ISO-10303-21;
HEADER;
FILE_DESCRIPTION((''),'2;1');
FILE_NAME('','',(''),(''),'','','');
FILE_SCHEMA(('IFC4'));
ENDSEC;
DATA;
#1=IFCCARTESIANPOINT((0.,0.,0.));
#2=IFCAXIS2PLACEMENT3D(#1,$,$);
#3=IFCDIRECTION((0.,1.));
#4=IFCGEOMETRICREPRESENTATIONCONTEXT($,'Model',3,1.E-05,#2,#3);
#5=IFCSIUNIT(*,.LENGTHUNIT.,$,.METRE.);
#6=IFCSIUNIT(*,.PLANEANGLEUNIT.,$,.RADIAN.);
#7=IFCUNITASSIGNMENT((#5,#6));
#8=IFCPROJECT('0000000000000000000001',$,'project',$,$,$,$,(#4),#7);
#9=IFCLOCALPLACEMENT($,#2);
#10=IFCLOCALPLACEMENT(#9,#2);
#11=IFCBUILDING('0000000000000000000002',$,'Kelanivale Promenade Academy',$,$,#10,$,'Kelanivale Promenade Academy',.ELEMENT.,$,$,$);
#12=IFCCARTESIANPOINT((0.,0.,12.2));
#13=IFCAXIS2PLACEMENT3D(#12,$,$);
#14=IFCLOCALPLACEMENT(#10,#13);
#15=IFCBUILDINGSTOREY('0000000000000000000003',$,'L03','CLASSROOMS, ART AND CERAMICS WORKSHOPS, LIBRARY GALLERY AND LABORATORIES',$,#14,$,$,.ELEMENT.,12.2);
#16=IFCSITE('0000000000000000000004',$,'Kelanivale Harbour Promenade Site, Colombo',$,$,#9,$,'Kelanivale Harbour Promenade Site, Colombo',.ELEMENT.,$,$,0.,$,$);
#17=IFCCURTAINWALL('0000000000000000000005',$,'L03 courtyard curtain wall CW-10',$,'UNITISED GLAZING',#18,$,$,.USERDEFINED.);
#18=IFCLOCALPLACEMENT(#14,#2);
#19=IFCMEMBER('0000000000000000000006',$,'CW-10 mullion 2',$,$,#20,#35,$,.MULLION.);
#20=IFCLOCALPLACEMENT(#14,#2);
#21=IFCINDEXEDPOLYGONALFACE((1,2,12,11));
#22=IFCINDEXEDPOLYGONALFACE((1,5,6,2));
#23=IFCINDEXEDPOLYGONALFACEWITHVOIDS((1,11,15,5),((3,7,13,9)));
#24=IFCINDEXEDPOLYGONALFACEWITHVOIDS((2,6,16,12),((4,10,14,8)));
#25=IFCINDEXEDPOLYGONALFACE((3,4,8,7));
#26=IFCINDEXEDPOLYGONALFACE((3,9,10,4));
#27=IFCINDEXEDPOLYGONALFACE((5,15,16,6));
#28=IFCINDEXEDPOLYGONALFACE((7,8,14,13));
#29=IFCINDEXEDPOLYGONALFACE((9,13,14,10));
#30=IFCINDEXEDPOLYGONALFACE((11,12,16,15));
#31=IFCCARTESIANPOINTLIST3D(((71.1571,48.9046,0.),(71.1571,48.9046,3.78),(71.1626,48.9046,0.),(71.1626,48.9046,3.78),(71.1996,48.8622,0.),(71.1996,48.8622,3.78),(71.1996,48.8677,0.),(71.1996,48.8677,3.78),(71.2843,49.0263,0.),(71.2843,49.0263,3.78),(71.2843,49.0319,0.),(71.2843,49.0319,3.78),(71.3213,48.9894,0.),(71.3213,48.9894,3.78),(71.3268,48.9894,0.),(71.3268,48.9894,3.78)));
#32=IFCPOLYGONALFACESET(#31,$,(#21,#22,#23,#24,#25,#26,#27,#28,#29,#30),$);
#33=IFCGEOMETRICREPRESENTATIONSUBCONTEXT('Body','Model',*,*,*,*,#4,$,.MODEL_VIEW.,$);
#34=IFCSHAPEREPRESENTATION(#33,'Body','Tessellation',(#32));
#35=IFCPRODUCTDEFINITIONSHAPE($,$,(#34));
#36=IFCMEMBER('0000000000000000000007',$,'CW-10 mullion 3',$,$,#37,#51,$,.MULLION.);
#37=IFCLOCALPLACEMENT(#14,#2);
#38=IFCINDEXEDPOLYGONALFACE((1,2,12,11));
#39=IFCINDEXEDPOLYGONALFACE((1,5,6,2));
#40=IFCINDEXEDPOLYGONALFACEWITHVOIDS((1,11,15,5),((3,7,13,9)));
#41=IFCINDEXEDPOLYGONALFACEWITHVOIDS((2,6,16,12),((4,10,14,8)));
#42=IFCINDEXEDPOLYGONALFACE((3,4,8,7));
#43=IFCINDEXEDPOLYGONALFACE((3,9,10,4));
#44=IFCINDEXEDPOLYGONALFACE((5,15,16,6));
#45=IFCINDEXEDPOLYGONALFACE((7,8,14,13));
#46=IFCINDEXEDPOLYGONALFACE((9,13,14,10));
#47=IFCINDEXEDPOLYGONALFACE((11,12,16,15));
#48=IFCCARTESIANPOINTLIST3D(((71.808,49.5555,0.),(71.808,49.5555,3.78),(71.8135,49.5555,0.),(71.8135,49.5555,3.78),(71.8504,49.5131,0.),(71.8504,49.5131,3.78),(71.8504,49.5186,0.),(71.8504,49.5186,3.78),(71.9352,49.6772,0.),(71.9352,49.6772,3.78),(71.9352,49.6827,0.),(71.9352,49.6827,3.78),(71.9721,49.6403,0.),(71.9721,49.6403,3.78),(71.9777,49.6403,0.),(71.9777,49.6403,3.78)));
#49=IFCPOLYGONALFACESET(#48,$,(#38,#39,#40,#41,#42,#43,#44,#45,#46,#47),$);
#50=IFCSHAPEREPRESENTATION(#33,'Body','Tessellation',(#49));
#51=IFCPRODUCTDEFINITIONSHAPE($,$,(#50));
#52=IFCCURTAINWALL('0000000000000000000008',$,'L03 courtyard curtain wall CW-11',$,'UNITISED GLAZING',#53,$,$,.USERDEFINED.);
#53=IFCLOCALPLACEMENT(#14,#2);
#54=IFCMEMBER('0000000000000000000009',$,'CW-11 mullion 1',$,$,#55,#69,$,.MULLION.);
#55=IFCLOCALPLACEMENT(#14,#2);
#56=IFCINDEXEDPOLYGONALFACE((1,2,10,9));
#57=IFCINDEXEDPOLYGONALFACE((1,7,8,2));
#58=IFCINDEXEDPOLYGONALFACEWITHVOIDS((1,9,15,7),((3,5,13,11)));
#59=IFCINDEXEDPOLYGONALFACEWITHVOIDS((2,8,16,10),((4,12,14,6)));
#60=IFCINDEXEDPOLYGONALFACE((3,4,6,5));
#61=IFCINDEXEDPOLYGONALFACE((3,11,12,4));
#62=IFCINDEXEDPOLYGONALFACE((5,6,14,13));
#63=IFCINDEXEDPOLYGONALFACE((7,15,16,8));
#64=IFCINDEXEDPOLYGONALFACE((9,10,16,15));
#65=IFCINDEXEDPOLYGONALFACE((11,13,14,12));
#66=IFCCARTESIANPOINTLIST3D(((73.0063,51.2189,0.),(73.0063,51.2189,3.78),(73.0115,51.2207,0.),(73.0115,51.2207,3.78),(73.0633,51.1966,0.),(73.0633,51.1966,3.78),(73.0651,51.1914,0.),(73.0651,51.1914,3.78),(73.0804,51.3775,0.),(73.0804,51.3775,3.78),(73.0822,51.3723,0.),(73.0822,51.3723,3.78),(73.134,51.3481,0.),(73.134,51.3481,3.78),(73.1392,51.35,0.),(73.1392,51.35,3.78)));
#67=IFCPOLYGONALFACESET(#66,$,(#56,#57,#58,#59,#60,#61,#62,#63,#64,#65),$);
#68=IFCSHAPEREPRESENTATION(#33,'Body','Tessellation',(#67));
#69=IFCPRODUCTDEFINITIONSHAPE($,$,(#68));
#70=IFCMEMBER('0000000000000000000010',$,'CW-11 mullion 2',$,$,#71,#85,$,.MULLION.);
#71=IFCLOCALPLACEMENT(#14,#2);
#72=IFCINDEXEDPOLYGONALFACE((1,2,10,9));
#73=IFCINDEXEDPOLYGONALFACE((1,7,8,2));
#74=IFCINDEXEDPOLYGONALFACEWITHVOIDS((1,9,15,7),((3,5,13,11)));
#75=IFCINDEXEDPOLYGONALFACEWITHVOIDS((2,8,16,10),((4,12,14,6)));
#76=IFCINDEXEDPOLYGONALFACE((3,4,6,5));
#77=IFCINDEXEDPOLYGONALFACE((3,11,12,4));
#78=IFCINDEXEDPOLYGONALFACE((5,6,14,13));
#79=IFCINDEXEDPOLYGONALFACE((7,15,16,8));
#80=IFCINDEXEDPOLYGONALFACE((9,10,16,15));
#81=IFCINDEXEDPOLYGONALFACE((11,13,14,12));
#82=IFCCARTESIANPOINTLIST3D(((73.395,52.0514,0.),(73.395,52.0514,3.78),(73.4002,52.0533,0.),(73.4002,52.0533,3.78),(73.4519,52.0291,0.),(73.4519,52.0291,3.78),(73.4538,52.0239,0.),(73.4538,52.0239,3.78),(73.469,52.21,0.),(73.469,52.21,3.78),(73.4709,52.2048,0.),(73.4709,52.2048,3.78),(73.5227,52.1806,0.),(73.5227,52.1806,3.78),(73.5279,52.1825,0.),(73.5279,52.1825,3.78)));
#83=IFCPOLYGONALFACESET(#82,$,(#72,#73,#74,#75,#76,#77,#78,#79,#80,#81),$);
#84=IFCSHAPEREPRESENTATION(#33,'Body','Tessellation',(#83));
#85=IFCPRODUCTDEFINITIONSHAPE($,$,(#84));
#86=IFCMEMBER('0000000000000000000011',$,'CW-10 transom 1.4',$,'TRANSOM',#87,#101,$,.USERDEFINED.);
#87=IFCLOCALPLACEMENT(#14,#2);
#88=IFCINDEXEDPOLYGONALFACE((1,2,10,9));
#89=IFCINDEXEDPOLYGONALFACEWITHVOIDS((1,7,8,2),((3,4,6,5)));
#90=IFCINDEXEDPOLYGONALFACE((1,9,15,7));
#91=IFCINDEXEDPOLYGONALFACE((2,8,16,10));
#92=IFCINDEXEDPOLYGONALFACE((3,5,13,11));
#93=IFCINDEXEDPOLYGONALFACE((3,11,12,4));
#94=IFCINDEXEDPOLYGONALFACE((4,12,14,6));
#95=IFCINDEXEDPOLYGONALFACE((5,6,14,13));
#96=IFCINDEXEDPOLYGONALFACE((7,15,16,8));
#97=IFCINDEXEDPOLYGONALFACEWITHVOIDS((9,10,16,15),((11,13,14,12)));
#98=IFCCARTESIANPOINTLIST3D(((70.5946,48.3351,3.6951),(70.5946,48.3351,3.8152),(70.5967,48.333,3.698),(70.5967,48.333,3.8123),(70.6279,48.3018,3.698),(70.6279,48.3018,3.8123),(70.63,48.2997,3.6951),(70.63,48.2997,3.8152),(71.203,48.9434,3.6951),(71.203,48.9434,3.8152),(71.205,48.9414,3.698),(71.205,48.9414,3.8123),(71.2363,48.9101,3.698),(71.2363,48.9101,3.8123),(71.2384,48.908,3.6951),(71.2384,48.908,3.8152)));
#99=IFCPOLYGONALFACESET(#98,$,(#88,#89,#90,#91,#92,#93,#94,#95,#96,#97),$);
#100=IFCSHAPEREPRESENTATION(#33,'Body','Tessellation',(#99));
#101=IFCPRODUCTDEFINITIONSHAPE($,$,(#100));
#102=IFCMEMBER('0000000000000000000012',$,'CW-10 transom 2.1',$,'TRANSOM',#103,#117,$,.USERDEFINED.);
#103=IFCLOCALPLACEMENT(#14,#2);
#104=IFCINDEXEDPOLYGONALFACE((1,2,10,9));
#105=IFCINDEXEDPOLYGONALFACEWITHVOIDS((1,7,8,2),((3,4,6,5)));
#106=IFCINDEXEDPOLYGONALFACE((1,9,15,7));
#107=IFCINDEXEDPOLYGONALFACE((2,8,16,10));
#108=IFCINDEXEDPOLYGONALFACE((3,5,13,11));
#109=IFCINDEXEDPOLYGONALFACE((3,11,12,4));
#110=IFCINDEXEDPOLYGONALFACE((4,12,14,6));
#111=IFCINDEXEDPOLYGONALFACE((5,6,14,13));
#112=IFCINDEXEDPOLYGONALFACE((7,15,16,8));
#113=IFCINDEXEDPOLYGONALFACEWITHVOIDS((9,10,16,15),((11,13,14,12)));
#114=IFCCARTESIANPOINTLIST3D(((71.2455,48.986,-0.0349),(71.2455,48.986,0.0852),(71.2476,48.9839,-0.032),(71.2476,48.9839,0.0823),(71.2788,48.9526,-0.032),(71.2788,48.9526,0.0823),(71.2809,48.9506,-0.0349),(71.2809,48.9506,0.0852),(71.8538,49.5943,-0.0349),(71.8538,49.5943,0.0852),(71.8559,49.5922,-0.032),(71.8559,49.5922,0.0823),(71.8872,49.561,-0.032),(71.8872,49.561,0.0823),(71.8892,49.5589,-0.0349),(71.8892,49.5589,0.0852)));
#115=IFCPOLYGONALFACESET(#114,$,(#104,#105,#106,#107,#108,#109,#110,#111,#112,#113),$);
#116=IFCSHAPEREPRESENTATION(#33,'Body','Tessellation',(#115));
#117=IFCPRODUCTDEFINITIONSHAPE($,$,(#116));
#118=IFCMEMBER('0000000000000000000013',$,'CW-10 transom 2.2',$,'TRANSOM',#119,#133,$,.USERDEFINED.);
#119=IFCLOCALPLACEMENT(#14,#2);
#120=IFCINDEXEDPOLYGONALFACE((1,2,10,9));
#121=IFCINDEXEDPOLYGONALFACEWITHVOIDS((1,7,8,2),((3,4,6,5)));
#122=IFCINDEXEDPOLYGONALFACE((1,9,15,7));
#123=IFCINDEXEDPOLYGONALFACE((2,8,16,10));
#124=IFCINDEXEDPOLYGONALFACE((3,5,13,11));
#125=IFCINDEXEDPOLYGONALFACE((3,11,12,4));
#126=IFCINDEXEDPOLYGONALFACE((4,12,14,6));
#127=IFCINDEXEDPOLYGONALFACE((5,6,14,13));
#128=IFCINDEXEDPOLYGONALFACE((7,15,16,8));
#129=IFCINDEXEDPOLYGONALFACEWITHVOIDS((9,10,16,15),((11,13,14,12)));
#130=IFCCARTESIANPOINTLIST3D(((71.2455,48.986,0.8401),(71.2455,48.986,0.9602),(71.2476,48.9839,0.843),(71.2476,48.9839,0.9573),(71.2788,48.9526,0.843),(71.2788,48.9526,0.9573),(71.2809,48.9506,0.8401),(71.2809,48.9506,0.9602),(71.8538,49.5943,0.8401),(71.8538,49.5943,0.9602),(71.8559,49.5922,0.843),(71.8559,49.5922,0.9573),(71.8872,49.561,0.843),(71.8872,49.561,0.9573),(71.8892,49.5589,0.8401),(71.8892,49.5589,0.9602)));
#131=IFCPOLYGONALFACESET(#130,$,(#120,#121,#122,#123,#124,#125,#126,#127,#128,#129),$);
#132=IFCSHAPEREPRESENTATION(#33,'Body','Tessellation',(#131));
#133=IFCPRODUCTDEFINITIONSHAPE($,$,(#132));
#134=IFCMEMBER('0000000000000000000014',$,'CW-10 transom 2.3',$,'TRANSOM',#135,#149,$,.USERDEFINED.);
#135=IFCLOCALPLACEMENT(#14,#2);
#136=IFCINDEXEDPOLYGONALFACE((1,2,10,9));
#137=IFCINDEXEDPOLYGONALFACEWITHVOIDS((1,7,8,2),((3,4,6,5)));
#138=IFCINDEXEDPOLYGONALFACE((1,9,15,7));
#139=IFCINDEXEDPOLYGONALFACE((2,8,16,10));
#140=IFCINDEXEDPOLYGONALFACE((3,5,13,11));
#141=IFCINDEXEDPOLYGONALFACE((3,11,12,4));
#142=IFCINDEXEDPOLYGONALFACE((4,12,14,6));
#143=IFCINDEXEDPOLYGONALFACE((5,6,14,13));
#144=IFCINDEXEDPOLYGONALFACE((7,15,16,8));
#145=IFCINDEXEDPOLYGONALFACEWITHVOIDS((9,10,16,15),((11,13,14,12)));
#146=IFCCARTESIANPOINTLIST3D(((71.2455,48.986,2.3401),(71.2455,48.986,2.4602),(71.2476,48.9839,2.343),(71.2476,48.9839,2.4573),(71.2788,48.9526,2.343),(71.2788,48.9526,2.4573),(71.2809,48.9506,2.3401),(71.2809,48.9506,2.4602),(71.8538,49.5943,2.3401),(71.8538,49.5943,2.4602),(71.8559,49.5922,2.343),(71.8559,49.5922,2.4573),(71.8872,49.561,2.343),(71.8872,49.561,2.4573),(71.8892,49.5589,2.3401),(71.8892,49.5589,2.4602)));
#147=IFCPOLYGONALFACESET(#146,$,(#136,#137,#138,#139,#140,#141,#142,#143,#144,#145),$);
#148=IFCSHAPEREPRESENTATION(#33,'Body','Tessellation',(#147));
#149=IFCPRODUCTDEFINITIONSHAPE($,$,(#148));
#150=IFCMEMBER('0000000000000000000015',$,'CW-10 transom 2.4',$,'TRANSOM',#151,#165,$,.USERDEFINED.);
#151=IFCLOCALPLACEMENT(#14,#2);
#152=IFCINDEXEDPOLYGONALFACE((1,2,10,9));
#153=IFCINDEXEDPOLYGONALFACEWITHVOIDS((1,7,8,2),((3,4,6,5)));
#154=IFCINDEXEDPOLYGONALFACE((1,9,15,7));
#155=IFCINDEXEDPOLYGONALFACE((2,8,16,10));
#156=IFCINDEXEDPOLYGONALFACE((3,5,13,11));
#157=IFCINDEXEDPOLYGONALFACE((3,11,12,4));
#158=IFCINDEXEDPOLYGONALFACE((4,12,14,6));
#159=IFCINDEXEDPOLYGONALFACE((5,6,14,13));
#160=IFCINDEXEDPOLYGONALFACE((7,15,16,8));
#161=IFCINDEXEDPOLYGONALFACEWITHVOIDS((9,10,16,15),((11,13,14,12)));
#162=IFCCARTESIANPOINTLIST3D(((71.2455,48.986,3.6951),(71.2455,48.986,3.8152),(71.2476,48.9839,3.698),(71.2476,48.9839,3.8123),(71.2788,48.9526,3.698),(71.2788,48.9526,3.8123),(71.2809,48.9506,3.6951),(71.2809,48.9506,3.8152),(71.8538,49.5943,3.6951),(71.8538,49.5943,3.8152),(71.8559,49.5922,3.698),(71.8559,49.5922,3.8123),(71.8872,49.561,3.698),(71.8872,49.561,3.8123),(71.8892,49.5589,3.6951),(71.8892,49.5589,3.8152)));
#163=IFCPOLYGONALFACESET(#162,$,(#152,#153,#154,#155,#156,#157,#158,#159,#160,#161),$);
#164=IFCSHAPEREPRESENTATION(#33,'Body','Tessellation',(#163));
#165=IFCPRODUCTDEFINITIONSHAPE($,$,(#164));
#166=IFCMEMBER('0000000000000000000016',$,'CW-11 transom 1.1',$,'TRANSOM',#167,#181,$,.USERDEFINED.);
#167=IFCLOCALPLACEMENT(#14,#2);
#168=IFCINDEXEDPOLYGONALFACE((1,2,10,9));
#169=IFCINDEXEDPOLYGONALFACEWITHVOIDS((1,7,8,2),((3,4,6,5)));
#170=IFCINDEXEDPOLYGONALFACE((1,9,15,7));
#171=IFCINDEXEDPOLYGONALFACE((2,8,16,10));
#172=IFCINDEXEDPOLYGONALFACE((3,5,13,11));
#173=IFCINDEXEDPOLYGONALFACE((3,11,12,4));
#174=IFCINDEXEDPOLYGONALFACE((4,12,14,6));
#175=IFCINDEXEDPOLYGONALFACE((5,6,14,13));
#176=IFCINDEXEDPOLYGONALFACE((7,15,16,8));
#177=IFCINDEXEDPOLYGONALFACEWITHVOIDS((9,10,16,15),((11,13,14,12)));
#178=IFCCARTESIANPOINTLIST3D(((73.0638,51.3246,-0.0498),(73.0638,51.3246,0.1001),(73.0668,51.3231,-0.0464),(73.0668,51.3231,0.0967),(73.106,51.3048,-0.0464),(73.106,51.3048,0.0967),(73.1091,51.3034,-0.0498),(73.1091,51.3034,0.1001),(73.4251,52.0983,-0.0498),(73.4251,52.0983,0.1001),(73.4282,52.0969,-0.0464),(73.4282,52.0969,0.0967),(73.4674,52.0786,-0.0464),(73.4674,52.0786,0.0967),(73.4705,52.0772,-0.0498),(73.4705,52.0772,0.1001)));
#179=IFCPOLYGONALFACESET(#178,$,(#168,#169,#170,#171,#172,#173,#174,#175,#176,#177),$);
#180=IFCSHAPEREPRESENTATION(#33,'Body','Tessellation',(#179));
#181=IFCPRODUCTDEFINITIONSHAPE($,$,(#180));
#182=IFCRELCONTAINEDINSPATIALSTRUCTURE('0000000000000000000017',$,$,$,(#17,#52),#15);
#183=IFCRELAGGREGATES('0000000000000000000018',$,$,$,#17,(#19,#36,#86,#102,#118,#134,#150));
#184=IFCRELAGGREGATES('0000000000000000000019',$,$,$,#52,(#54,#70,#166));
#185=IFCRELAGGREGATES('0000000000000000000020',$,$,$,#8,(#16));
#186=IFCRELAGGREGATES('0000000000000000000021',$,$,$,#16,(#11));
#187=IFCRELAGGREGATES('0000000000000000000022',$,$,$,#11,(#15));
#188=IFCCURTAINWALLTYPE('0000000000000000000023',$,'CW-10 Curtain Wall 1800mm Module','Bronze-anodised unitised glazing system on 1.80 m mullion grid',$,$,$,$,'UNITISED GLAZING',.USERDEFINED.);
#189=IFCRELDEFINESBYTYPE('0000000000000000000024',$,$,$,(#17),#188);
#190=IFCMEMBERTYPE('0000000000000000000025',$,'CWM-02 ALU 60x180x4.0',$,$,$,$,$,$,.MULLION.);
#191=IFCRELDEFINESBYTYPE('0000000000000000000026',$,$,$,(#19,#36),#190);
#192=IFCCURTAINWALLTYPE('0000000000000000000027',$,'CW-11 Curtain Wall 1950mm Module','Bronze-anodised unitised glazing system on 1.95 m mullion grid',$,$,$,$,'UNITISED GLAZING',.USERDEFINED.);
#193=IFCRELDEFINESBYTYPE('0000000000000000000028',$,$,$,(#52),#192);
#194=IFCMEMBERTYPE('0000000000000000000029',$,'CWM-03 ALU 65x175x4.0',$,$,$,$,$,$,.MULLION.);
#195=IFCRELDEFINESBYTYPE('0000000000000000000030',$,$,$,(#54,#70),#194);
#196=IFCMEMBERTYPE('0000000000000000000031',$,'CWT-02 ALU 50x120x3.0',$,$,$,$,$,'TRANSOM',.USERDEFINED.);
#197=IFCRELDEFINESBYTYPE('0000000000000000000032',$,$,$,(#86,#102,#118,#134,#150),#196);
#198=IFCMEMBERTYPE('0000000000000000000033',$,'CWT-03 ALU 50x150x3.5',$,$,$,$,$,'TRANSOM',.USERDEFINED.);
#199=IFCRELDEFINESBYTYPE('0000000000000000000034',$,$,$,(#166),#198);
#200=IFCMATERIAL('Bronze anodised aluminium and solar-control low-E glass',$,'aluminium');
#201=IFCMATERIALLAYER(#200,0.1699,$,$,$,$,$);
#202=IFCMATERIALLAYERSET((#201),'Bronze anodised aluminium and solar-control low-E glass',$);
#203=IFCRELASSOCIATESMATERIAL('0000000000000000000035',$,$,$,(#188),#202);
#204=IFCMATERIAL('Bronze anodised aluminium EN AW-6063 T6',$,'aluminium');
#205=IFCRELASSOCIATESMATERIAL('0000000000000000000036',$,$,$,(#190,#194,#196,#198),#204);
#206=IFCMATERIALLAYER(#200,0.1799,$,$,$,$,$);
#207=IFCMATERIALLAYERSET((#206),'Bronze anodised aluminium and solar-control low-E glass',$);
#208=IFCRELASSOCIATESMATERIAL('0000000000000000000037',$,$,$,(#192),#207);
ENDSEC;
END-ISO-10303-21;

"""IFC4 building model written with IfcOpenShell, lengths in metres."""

from ifc_helpers import new_model, si_unit, direction, frame, origin, origin_2d, place, context, subcontext, project, spatial, hollow_rectangle, extrude, material, layer, layer_set, material_profile, profile_set, type_object, element, aggregate, save


model = new_model("IFC4")

# Units and contexts
model_context = context("Model", 3, precision=1e-05, world=origin(), true_north=direction((0.0, 1.0)))
body_context = subcontext(model_context, "Body", "Model", "MODEL_VIEW")
ifc_project = project(units=[si_unit("LENGTHUNIT", "METRE"), si_unit("PLANEANGLEUNIT", "RADIAN")], contexts=[model_context])

# Site, building, storey
site_placement = place(None, origin())
site = spatial("IfcSite", under=ifc_project, at=site_placement, Name="Kelanivale Harbour Promenade Site, Colombo", LongName="Kelanivale Harbour Promenade Site, Colombo", CompositionType="ELEMENT", RefElevation=0.0)
building_placement = place(site_placement, origin())
building = spatial("IfcBuilding", under=site, at=building_placement, Name="Kelanivale Promenade Academy", LongName="Kelanivale Promenade Academy", CompositionType="ELEMENT")
storey_placement = place(building_placement, frame((0.0, 0.0, 12.2)))
storey = spatial("IfcBuildingStorey", under=building, at=storey_placement, Name="L03", Description="CLASSROOMS, ART AND CERAMICS WORKSHOPS, LIBRARY GALLERY AND LABORATORIES", CompositionType="ELEMENT", Elevation=12.2)

# Curtain walls, members
ifc_material_1 = material(Name="Bronze anodised aluminium and solar-control low-E glass", Category="aluminium")
ifc_layer_1 = layer(ifc_material_1, 0.1699)
ifc_layer_set_1 = layer_set([ifc_layer_1], Name="Bronze anodised aluminium and solar-control low-E glass")
curtain_wall_type_1 = type_object("IfcCurtainWallType", Name="CW-10 Curtain Wall 1800mm Module", Description="Bronze-anodised unitised glazing system on 1.80 m mullion grid", ElementType="UNITISED GLAZING", PredefinedType="USERDEFINED", material=ifc_layer_set_1)
curtain_wall_1_placement = place(storey_placement, origin())
curtain_wall_1 = element("IfcCurtainWall", 1, at=curtain_wall_1_placement, inside=storey, type_object=curtain_wall_type_1, Name="L03 courtyard curtain wall CW-10", ObjectType="UNITISED GLAZING", PredefinedType="USERDEFINED")
ifc_material_2 = material(Name="Bronze anodised aluminium EN AW-6063 T6", Category="aluminium")
ifc_material_profile_1 = material_profile(ifc_material_2, hollow_rectangle(XDim=0.0601, YDim=0.1799, WallThickness=0.0039, at=origin_2d()), Name="ALU 60x180x4.0")
ifc_profile_set_1 = profile_set([ifc_material_profile_1], Name="Bronze anodised aluminium EN AW-6063 T6")
member_type_1 = type_object("IfcMemberType", Name="CWM-02 ALU 60x180x4.0", PredefinedType="MULLION", material=ifc_profile_set_1)
member_1_placement = place(storey_placement, frame((71.2419, 48.947, 0.0), z_axis=(0.0, 0.0, 1.0), x_axis=(-0.707107, 0.707107, 0.0)))
member_1 = element("IfcMember", 2, at=member_1_placement, type_object=member_type_1, Name="CW-10 mullion 2", PredefinedType="MULLION", context=body_context, shape_type="SweptSolid", body=[
    extrude(hollow_rectangle(XDim=0.0601, YDim=0.1799, WallThickness=0.0039, at=origin_2d()), origin(), (0.0, 0.0, 1.0), 3.78),
])
member_2_placement = place(storey_placement, frame((71.8928, 49.5979, 0.0), z_axis=(0.0, 0.0, 1.0), x_axis=(-0.707107, 0.707107, 0.0)))
member_2 = element("IfcMember", 3, at=member_2_placement, type_object=member_type_1, Name="CW-10 mullion 3", PredefinedType="MULLION", context=body_context, shape_type="SweptSolid", body=[
    extrude(hollow_rectangle(XDim=0.0601, YDim=0.1799, WallThickness=0.0039, at=origin_2d()), origin(), (0.0, 0.0, 1.0), 3.78),
])
ifc_layer_2 = layer(ifc_material_1, 0.1799)
ifc_layer_set_2 = layer_set([ifc_layer_2], Name="Bronze anodised aluminium and solar-control low-E glass")
curtain_wall_type_2 = type_object("IfcCurtainWallType", Name="CW-11 Curtain Wall 1950mm Module", Description="Bronze-anodised unitised glazing system on 1.95 m mullion grid", ElementType="UNITISED GLAZING", PredefinedType="USERDEFINED", material=ifc_layer_set_2)
curtain_wall_2_placement = place(storey_placement, origin())
curtain_wall_2 = element("IfcCurtainWall", 4, at=curtain_wall_2_placement, inside=storey, type_object=curtain_wall_type_2, Name="L03 courtyard curtain wall CW-11", ObjectType="UNITISED GLAZING", PredefinedType="USERDEFINED")
ifc_material_profile_2 = material_profile(ifc_material_2, hollow_rectangle(XDim=0.0649, YDim=0.175, WallThickness=0.0039, at=origin_2d()), Name="ALU 65x175x4.0")
ifc_profile_set_2 = profile_set([ifc_material_profile_2], Name="Bronze anodised aluminium EN AW-6063 T6")
member_type_2 = type_object("IfcMemberType", Name="CWM-03 ALU 65x175x4.0", PredefinedType="MULLION", material=ifc_profile_set_2)
member_3_placement = place(storey_placement, frame((73.0728, 51.2844, 0.0), z_axis=(0.0, 0.0, 1.0), x_axis=(-0.906089, 0.423087, 0.0)))
member_3 = element("IfcMember", 5, at=member_3_placement, type_object=member_type_2, Name="CW-11 mullion 1", PredefinedType="MULLION", context=body_context, shape_type="SweptSolid", body=[
    extrude(hollow_rectangle(XDim=0.0649, YDim=0.175, WallThickness=0.0039, at=origin_2d()), origin(), (0.0, 0.0, 1.0), 3.78),
])
member_4_placement = place(storey_placement, frame((73.4614, 52.1169, 0.0), z_axis=(0.0, 0.0, 1.0), x_axis=(-0.906089, 0.423087, 0.0)))
member_4 = element("IfcMember", 6, at=member_4_placement, type_object=member_type_2, Name="CW-11 mullion 2", PredefinedType="MULLION", context=body_context, shape_type="SweptSolid", body=[
    extrude(hollow_rectangle(XDim=0.0649, YDim=0.175, WallThickness=0.0039, at=origin_2d()), origin(), (0.0, 0.0, 1.0), 3.78),
])

# Members
ifc_material_profile_3 = material_profile(ifc_material_2, hollow_rectangle(XDim=0.05, YDim=0.1201, WallThickness=0.0029, at=origin_2d()), Name="ALU 50x120x3.0")
ifc_profile_set_3 = profile_set([ifc_material_profile_3], Name="Bronze anodised aluminium EN AW-6063 T6")
member_type_3 = type_object("IfcMemberType", Name="CWT-02 ALU 50x120x3.0", ElementType="TRANSOM", PredefinedType="USERDEFINED", material=ifc_profile_set_3)
member_5_placement = place(storey_placement, frame((70.6123, 48.3174, 3.7551), z_axis=(0.707107, 0.707107, 0.0), x_axis=(-0.707107, 0.707107, 0.0)))
member_5 = element("IfcMember", 7, at=member_5_placement, type_object=member_type_3, Name="CW-10 transom 1.4", ObjectType="TRANSOM", PredefinedType="USERDEFINED", context=body_context, shape_type="SweptSolid", body=[
    extrude(hollow_rectangle(XDim=0.05, YDim=0.1201, WallThickness=0.0029, at=origin_2d()), origin(), (0.0, 0.0, 1.0), 0.8604),
])
member_6_placement = place(storey_placement, frame((71.2632, 48.9683, 0.0251), z_axis=(0.707107, 0.707107, 0.0), x_axis=(-0.707107, 0.707107, 0.0)))
member_6 = element("IfcMember", 8, at=member_6_placement, type_object=member_type_3, Name="CW-10 transom 2.1", ObjectType="TRANSOM", PredefinedType="USERDEFINED", context=body_context, shape_type="SweptSolid", body=[
    extrude(hollow_rectangle(XDim=0.05, YDim=0.1201, WallThickness=0.0029, at=origin_2d()), origin(), (0.0, 0.0, 1.0), 0.8604),
])
member_7_placement = place(storey_placement, frame((71.2632, 48.9683, 0.9001), z_axis=(0.707107, 0.707107, 0.0), x_axis=(-0.707107, 0.707107, 0.0)))
member_7 = element("IfcMember", 9, at=member_7_placement, type_object=member_type_3, Name="CW-10 transom 2.2", ObjectType="TRANSOM", PredefinedType="USERDEFINED", context=body_context, shape_type="SweptSolid", body=[
    extrude(hollow_rectangle(XDim=0.05, YDim=0.1201, WallThickness=0.0029, at=origin_2d()), origin(), (0.0, 0.0, 1.0), 0.8604),
])
member_8_placement = place(storey_placement, frame((71.2632, 48.9683, 2.4001), z_axis=(0.707107, 0.707107, 0.0), x_axis=(-0.707107, 0.707107, 0.0)))
member_8 = element("IfcMember", 10, at=member_8_placement, type_object=member_type_3, Name="CW-10 transom 2.3", ObjectType="TRANSOM", PredefinedType="USERDEFINED", context=body_context, shape_type="SweptSolid", body=[
    extrude(hollow_rectangle(XDim=0.05, YDim=0.1201, WallThickness=0.0029, at=origin_2d()), origin(), (0.0, 0.0, 1.0), 0.8604),
])
member_9_placement = place(storey_placement, frame((71.2632, 48.9683, 3.7551), z_axis=(0.707107, 0.707107, 0.0), x_axis=(-0.707107, 0.707107, 0.0)))
member_9 = element("IfcMember", 11, at=member_9_placement, type_object=member_type_3, Name="CW-10 transom 2.4", ObjectType="TRANSOM", PredefinedType="USERDEFINED", context=body_context, shape_type="SweptSolid", body=[
    extrude(hollow_rectangle(XDim=0.05, YDim=0.1201, WallThickness=0.0029, at=origin_2d()), origin(), (0.0, 0.0, 1.0), 0.8604),
])
ifc_material_profile_4 = material_profile(ifc_material_2, hollow_rectangle(XDim=0.05, YDim=0.1499, WallThickness=0.0034, at=origin_2d()), Name="ALU 50x150x3.5")
ifc_profile_set_4 = profile_set([ifc_material_profile_4], Name="Bronze anodised aluminium EN AW-6063 T6")
member_type_4 = type_object("IfcMemberType", Name="CWT-03 ALU 50x150x3.5", ElementType="TRANSOM", PredefinedType="USERDEFINED", material=ifc_profile_set_4)
member_10_placement = place(storey_placement, frame((73.0864, 51.314, 0.0251), z_axis=(0.423152, 0.906059, 0.0), x_axis=(-0.906059, 0.423152, 0.0)))
member_10 = element("IfcMember", 12, at=member_10_placement, type_object=member_type_4, Name="CW-11 transom 1.1", ObjectType="TRANSOM", PredefinedType="USERDEFINED", context=body_context, shape_type="SweptSolid", body=[
    extrude(hollow_rectangle(XDim=0.05, YDim=0.1499, WallThickness=0.0034, at=origin_2d()), origin(), (0.0, 0.0, 1.0), 0.854),
])

aggregate(curtain_wall_1, [member_1, member_2, member_5, member_6, member_7, member_8, member_9])
aggregate(curtain_wall_2, [member_3, member_4, member_10])

save(model, "model.ifc")
